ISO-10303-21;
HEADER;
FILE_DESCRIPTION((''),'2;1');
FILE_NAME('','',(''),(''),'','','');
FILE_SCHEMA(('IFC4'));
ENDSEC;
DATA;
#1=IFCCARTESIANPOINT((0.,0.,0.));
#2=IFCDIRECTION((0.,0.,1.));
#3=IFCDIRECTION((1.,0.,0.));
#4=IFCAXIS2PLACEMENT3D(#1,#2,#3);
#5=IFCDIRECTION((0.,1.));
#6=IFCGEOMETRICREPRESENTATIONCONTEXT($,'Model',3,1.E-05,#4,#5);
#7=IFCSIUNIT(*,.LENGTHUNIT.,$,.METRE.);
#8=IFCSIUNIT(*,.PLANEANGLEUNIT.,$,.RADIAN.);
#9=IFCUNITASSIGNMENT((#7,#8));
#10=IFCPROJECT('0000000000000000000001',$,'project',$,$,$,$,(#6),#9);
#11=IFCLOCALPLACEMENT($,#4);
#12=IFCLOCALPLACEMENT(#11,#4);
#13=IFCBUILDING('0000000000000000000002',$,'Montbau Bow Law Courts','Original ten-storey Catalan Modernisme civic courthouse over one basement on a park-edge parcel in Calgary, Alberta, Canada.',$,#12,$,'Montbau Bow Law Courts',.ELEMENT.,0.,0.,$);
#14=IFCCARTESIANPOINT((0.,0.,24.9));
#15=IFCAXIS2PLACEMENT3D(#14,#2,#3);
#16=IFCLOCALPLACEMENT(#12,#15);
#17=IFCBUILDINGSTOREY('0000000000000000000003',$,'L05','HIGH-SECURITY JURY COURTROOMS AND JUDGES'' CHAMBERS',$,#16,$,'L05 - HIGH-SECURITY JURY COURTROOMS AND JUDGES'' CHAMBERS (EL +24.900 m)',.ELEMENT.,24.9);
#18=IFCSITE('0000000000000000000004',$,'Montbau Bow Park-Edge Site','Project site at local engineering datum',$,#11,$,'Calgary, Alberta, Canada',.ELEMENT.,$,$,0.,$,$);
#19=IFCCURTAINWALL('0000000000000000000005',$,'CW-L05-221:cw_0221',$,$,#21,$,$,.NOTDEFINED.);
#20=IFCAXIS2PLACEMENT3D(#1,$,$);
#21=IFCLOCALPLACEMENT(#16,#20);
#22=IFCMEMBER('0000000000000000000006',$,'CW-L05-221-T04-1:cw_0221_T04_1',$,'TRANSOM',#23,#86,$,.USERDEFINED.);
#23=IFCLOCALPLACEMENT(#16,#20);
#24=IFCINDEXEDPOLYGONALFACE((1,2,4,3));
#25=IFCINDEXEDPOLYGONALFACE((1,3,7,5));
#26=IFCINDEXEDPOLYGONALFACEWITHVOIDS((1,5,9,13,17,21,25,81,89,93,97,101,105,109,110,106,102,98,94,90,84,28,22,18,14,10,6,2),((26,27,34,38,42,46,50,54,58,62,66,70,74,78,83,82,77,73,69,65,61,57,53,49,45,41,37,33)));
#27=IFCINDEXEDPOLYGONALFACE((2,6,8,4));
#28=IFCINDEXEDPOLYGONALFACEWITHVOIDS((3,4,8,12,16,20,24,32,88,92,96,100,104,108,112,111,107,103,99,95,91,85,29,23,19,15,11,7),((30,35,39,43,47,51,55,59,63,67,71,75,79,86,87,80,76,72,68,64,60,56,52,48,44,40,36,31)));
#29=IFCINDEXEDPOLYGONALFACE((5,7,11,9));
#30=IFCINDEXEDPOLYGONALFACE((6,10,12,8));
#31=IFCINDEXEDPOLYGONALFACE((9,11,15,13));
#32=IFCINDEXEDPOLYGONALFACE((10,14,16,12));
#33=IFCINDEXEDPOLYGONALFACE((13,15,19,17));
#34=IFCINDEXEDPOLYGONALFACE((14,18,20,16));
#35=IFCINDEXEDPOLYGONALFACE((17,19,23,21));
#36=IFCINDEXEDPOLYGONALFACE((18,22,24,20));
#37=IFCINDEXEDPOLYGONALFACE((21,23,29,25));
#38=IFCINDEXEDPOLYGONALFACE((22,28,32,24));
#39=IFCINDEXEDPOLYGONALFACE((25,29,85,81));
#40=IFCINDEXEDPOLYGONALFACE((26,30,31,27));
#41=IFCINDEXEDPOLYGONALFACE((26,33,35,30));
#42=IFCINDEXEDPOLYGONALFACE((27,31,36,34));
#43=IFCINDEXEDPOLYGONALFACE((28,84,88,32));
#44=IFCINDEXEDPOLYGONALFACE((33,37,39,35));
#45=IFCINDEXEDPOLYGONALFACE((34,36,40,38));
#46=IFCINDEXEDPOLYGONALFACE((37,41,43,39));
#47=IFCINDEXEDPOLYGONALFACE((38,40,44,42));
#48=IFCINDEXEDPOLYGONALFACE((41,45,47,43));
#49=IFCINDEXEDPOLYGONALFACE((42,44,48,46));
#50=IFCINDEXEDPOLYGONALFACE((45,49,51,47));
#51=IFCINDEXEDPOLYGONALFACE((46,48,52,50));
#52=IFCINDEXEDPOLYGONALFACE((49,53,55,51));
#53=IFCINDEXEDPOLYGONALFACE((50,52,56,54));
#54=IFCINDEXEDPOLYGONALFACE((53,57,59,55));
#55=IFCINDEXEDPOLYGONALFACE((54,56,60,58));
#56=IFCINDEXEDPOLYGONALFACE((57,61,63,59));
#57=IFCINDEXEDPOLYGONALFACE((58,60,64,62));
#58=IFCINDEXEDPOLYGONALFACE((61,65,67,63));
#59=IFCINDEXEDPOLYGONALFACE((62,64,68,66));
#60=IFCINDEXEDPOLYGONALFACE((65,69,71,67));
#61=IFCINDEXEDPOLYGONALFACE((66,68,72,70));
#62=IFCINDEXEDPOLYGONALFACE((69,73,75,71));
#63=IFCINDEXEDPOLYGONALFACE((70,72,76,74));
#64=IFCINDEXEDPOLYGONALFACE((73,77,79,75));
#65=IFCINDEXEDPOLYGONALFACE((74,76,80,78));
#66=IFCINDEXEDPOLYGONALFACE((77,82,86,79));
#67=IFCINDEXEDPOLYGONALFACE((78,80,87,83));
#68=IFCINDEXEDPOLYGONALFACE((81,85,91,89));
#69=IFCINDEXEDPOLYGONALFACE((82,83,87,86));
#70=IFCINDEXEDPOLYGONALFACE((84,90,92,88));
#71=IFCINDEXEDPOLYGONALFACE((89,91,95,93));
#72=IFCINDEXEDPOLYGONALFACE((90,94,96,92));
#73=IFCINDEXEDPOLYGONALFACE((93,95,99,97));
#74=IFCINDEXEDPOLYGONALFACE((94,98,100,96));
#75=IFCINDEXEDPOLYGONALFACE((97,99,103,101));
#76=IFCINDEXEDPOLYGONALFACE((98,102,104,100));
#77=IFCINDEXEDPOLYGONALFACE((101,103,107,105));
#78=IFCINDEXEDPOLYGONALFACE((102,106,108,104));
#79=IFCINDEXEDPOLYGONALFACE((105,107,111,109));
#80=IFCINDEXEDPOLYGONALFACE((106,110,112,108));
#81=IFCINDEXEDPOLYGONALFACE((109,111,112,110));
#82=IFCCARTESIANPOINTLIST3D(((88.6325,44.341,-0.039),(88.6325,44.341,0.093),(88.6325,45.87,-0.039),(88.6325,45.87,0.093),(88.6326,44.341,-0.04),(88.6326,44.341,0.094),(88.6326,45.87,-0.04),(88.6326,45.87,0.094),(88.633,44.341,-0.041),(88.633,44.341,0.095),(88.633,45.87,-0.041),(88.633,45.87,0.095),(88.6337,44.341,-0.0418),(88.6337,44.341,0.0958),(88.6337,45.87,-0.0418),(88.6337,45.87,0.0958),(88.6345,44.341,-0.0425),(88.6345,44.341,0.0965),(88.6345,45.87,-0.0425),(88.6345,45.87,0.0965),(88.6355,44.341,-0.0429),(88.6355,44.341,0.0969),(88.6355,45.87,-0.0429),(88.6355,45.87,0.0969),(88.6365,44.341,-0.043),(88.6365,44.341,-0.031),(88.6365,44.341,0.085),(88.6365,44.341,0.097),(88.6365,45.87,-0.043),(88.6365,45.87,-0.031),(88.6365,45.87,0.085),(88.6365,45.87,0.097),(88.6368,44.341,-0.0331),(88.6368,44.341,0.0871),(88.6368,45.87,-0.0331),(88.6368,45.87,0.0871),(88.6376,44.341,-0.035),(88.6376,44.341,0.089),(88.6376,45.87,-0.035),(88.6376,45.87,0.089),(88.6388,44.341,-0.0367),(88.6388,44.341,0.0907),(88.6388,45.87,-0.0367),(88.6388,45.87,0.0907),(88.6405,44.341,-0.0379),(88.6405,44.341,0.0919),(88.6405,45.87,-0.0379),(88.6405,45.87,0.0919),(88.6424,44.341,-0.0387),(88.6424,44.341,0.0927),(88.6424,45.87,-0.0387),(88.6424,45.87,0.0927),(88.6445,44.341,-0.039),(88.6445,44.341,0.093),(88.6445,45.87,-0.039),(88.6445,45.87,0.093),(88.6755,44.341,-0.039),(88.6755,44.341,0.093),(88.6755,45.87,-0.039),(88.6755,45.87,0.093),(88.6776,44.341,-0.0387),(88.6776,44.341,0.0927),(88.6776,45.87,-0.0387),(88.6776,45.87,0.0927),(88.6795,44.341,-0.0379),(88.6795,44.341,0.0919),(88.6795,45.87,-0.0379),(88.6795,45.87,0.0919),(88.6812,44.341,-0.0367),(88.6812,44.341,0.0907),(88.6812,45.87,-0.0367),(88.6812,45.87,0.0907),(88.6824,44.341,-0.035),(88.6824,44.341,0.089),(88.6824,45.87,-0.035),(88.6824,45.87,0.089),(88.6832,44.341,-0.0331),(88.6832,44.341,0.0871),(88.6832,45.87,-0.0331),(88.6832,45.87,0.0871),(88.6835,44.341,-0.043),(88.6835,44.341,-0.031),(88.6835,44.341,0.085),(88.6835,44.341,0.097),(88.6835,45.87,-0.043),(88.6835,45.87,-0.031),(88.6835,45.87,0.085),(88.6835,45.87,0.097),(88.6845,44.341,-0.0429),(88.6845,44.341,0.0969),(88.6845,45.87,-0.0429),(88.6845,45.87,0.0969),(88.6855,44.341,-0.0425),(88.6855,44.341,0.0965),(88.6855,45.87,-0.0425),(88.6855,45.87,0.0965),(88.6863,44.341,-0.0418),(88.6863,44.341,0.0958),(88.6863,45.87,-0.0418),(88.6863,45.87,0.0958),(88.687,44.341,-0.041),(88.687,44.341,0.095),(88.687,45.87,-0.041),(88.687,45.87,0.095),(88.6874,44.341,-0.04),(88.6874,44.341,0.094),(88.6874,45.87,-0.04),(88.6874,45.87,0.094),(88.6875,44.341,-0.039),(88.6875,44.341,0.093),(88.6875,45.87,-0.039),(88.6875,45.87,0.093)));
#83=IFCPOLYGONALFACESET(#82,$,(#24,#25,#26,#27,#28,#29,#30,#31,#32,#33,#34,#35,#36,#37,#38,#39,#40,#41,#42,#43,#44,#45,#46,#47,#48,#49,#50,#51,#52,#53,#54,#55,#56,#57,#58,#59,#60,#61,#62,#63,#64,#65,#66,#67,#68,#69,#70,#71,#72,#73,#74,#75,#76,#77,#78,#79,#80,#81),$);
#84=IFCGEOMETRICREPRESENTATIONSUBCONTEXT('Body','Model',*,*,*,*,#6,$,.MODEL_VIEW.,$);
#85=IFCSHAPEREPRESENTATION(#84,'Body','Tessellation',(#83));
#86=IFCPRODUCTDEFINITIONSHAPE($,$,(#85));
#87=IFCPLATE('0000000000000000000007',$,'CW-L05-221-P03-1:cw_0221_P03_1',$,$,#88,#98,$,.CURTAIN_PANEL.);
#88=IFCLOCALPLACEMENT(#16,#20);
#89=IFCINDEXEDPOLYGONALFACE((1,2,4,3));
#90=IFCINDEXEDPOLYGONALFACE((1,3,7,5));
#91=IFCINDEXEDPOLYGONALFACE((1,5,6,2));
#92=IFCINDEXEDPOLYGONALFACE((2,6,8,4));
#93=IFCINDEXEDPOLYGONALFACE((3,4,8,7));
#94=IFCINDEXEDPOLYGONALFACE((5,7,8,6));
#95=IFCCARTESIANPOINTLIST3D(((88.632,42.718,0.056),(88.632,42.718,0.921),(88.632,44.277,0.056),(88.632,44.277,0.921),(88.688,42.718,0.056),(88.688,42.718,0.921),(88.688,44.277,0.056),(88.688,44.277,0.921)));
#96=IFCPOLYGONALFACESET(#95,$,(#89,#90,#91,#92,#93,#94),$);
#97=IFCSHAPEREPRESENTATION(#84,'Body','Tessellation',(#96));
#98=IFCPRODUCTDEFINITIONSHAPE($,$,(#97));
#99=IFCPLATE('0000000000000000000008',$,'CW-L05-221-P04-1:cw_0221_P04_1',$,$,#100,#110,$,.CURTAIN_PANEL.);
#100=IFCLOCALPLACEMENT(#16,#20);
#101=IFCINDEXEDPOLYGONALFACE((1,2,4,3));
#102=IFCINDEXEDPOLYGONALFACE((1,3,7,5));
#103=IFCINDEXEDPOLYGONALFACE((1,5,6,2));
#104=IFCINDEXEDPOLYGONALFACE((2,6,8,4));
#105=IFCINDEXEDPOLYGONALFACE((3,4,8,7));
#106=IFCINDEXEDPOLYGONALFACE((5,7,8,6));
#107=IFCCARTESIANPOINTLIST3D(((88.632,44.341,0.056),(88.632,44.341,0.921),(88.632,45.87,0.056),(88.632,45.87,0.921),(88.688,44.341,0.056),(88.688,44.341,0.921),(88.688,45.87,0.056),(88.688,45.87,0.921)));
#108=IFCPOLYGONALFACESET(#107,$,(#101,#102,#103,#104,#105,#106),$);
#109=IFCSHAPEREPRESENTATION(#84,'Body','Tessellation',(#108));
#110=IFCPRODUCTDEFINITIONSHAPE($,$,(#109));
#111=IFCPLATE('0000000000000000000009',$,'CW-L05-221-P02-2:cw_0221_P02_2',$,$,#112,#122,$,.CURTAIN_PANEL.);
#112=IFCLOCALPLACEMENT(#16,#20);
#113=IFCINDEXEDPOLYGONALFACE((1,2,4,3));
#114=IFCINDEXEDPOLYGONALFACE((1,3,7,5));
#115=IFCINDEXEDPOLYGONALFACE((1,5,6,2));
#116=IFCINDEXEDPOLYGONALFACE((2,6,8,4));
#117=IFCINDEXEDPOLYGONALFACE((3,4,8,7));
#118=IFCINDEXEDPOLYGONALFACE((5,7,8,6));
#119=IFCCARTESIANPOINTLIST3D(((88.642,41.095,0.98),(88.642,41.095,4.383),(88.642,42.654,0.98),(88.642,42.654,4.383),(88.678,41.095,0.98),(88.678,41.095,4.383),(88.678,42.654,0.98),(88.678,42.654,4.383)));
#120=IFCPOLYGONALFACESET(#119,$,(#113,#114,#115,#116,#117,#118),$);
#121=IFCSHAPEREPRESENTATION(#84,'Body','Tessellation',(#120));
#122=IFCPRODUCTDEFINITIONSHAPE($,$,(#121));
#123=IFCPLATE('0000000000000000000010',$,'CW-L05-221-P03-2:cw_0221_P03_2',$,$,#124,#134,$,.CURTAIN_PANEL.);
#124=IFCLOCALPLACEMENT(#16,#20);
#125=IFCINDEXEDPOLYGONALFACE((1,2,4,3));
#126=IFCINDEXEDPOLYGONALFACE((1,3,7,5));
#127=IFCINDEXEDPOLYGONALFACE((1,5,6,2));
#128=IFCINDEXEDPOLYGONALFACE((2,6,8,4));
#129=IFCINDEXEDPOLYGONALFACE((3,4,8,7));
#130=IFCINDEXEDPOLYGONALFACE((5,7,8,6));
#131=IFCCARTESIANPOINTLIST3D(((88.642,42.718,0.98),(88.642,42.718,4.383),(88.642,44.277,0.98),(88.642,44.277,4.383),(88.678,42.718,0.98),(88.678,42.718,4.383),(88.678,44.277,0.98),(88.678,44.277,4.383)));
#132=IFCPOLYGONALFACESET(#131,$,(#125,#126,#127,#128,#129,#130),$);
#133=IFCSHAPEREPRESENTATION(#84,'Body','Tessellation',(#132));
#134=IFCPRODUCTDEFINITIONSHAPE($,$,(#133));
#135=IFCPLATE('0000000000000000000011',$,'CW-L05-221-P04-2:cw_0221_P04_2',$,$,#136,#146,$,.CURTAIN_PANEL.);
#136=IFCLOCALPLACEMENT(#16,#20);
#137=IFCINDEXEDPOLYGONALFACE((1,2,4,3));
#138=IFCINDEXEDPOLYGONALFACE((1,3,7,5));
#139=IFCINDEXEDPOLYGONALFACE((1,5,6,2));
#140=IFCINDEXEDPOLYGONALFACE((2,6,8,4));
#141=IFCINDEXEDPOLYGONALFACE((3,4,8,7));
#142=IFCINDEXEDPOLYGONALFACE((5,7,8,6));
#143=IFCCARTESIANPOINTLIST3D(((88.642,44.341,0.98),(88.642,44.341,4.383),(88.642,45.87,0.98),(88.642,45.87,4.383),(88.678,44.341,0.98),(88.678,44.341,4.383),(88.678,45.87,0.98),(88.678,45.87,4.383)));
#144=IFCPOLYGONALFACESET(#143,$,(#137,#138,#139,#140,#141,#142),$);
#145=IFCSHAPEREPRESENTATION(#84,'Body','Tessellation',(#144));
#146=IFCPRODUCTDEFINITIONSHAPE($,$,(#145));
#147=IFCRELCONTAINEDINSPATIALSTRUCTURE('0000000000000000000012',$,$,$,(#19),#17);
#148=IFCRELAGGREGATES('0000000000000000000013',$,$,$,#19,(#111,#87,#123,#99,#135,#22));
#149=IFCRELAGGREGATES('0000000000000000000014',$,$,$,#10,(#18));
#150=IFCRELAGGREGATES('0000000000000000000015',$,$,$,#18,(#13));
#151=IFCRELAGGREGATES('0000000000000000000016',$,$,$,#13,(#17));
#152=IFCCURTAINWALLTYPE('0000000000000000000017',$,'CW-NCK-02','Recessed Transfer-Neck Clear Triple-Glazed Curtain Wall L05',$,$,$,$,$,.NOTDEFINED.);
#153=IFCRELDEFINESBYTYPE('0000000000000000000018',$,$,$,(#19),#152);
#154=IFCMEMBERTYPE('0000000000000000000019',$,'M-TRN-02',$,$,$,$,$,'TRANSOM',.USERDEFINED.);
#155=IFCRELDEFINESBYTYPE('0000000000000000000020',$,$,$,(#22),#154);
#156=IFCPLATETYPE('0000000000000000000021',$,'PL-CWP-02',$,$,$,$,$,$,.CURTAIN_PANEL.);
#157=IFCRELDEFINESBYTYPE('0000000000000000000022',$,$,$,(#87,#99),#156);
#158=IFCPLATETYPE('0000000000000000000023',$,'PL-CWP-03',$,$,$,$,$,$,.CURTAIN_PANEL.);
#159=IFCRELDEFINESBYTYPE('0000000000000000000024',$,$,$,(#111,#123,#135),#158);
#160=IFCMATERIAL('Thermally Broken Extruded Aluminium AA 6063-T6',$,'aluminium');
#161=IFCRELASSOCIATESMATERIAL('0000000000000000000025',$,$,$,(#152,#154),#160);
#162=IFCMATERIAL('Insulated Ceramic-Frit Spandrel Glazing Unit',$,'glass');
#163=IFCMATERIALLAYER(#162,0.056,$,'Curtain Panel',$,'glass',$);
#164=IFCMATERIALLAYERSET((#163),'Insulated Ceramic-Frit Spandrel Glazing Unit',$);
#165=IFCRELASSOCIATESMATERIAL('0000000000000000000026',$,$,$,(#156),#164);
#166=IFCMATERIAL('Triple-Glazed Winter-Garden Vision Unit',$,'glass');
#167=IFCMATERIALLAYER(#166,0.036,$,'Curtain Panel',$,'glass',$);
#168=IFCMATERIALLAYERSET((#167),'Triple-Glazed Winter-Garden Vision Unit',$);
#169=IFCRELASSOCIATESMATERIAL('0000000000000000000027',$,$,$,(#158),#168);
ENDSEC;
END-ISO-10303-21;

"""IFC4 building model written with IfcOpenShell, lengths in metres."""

from ifc_helpers import new_model, si_unit, direction, frame, frame_2d, origin_with_axes, origin_2d_with_axis, place, context, subcontext, project, spatial, rectangle, hollow_rectangle, extrude, material, layer, layer_set, material_profile, profile_set, type_object, element, aggregate, save


model = new_model("IFC4")

# Units and contexts
model_context = context("Model", 3, precision=1e-05, world=origin_with_axes(), true_north=direction((0.0, 1.0)))
body_context = subcontext(model_context, "Body", "Model", "MODEL_VIEW")
ifc_project = project(units=[si_unit("LENGTHUNIT", "METRE"), si_unit("PLANEANGLEUNIT", "RADIAN")], contexts=[model_context])

# Site, building, storey
site_placement = place(None, origin_with_axes())
site = spatial("IfcSite", under=ifc_project, at=site_placement, Name="Montbau Bow Park-Edge Site", Description="Project site at local engineering datum", LongName="Calgary, Alberta, Canada", CompositionType="ELEMENT", RefElevation=0.0)
building_placement = place(site_placement, origin_with_axes())
building = spatial("IfcBuilding", under=site, at=building_placement, Name="Montbau Bow Law Courts", Description="Original ten-storey Catalan Modernisme civic courthouse over one basement on a park-edge parcel in Calgary, Alberta, Canada.", LongName="Montbau Bow Law Courts", CompositionType="ELEMENT", ElevationOfRefHeight=0.0, ElevationOfTerrain=0.0)
storey_placement = place(building_placement, frame((0.0, 0.0, 24.9), z_axis=(0.0, 0.0, 1.0), x_axis=(1.0, 0.0, 0.0)))
storey = spatial("IfcBuildingStorey", under=building, at=storey_placement, Name="L05", Description="HIGH-SECURITY JURY COURTROOMS AND JUDGES' CHAMBERS", LongName="L05 - HIGH-SECURITY JURY COURTROOMS AND JUDGES' CHAMBERS (EL +24.900 m)", CompositionType="ELEMENT", Elevation=24.9)

# Curtain wall, member, plates
ifc_material_1 = material(Name="Thermally Broken Extruded Aluminium AA 6063-T6", Category="aluminium")
curtain_wall_type = type_object("IfcCurtainWallType", Name="CW-NCK-02", Description="Recessed Transfer-Neck Clear Triple-Glazed Curtain Wall L05", PredefinedType="NOTDEFINED", material=ifc_material_1)
curtain_wall_placement = place(None, frame((88.66, 39.44, 24.9), z_axis=(0.0, 0.0, 1.0), x_axis=(1.0, 0.0, 0.0)))
curtain_wall = element("IfcCurtainWall", 1, at=curtain_wall_placement, inside=storey, type_object=curtain_wall_type, Name="CW-L05-221:cw_0221", PredefinedType="NOTDEFINED")
ifc_material_profile_1 = material_profile(ifc_material_1, hollow_rectangle(XDim=0.055, YDim=0.14, WallThickness=0.004, InnerFilletRadius=0.008, OuterFilletRadius=0.004, at=origin_2d_with_axis()), Name="CWT-140X55", Category="Main", Priority=0)
ifc_profile_set_1 = profile_set([ifc_material_profile_1], Name="Thermally Broken Extruded Aluminium AA 6063-T6")
member_type_1 = type_object("IfcMemberType", Name="M-TRN-02", ElementType="TRANSOM", PredefinedType="USERDEFINED", material=ifc_profile_set_1)
member_1_placement = place(None, frame((88.66, 44.341, 24.927), z_axis=(0.0, 1.0, 0.0), x_axis=(-1.0, 0.0, 0.0)))
member_1 = element("IfcMember", 2, at=member_1_placement, type_object=member_type_1, Name="CW-L05-221-T04-1:cw_0221_T04_1", ObjectType="TRANSOM", PredefinedType="USERDEFINED", context=body_context, shape_type="SweptSolid", body=[
    extrude(hollow_rectangle(XDim=0.055, YDim=0.14, WallThickness=0.004, InnerFilletRadius=0.008, OuterFilletRadius=0.004, at=origin_2d_with_axis()), origin_with_axes(), (0.0, 0.0, 1.0), 1.529),
])
ifc_material_2 = material(Name="Insulated Ceramic-Frit Spandrel Glazing Unit", Category="glass")
ifc_layer_1 = layer(ifc_material_2, 0.056, Name="Curtain Panel", Category="glass")
ifc_layer_set_1 = layer_set([ifc_layer_1], Name="Insulated Ceramic-Frit Spandrel Glazing Unit")
plate_type_1 = type_object("IfcPlateType", Name="PL-CWP-02", PredefinedType="CURTAIN_PANEL", material=ifc_layer_set_1)
plate_1_placement = place(None, frame((88.66, 42.718, 24.956), z_axis=(1.0, 0.0, 0.0), x_axis=(0.0, 1.0, 0.0)))
plate_1 = element("IfcPlate", 3, at=plate_1_placement, type_object=plate_type_1, Name="CW-L05-221-P03-1:cw_0221_P03_1", PredefinedType="CURTAIN_PANEL", context=body_context, shape_type="SweptSolid", body=[
    extrude(rectangle(XDim=1.559, YDim=0.865, at=frame_2d((0.7795, 0.4325), x_axis=(1.0, 0.0))), frame((0.0, 0.0, -0.028), z_axis=(0.0, 0.0, 1.0), x_axis=(1.0, 0.0, 0.0)), (0.0, 0.0, 1.0), 0.056),
])
plate_2_placement = place(None, frame((88.66, 44.341, 24.956), z_axis=(1.0, 0.0, 0.0), x_axis=(0.0, 1.0, 0.0)))
plate_2 = element("IfcPlate", 4, at=plate_2_placement, type_object=plate_type_1, Name="CW-L05-221-P04-1:cw_0221_P04_1", PredefinedType="CURTAIN_PANEL", context=body_context, shape_type="SweptSolid", body=[
    extrude(rectangle(XDim=1.529, YDim=0.865, at=frame_2d((0.7645, 0.4325), x_axis=(1.0, 0.0))), frame((0.0, 0.0, -0.028), z_axis=(0.0, 0.0, 1.0), x_axis=(1.0, 0.0, 0.0)), (0.0, 0.0, 1.0), 0.056),
])
ifc_material_3 = material(Name="Triple-Glazed Winter-Garden Vision Unit", Category="glass")
ifc_layer_2 = layer(ifc_material_3, 0.036, Name="Curtain Panel", Category="glass")
ifc_layer_set_2 = layer_set([ifc_layer_2], Name="Triple-Glazed Winter-Garden Vision Unit")
plate_type_2 = type_object("IfcPlateType", Name="PL-CWP-03", PredefinedType="CURTAIN_PANEL", material=ifc_layer_set_2)
plate_3_placement = place(None, frame((88.66, 41.095, 25.88), z_axis=(1.0, 0.0, 0.0), x_axis=(0.0, 1.0, 0.0)))
plate_3 = element("IfcPlate", 5, at=plate_3_placement, type_object=plate_type_2, Name="CW-L05-221-P02-2:cw_0221_P02_2", PredefinedType="CURTAIN_PANEL", context=body_context, shape_type="SweptSolid", body=[
    extrude(rectangle(XDim=1.559, YDim=3.403, at=frame_2d((0.7795, 1.7015), x_axis=(1.0, 0.0))), frame((0.0, 0.0, -0.018), z_axis=(0.0, 0.0, 1.0), x_axis=(1.0, 0.0, 0.0)), (0.0, 0.0, 1.0), 0.036),
])
plate_4_placement = place(None, frame((88.66, 42.718, 25.88), z_axis=(1.0, 0.0, 0.0), x_axis=(0.0, 1.0, 0.0)))
plate_4 = element("IfcPlate", 6, at=plate_4_placement, type_object=plate_type_2, Name="CW-L05-221-P03-2:cw_0221_P03_2", PredefinedType="CURTAIN_PANEL", context=body_context, shape_type="SweptSolid", body=[
    extrude(rectangle(XDim=1.559, YDim=3.403, at=frame_2d((0.7795, 1.7015), x_axis=(1.0, 0.0))), frame((0.0, 0.0, -0.018), z_axis=(0.0, 0.0, 1.0), x_axis=(1.0, 0.0, 0.0)), (0.0, 0.0, 1.0), 0.036),
])
plate_5_placement = place(None, frame((88.66, 44.341, 25.88), z_axis=(1.0, 0.0, 0.0), x_axis=(0.0, 1.0, 0.0)))
plate_5 = element("IfcPlate", 7, at=plate_5_placement, type_object=plate_type_2, Name="CW-L05-221-P04-2:cw_0221_P04_2", PredefinedType="CURTAIN_PANEL", context=body_context, shape_type="SweptSolid", body=[
    extrude(rectangle(XDim=1.529, YDim=3.403, at=frame_2d((0.7645, 1.7015), x_axis=(1.0, 0.0))), frame((0.0, 0.0, -0.018), z_axis=(0.0, 0.0, 1.0), x_axis=(1.0, 0.0, 0.0)), (0.0, 0.0, 1.0), 0.036),
])
aggregate(curtain_wall, [plate_3, plate_1, plate_4, plate_2, plate_5, member_1])

save(model, "model.ifc")
